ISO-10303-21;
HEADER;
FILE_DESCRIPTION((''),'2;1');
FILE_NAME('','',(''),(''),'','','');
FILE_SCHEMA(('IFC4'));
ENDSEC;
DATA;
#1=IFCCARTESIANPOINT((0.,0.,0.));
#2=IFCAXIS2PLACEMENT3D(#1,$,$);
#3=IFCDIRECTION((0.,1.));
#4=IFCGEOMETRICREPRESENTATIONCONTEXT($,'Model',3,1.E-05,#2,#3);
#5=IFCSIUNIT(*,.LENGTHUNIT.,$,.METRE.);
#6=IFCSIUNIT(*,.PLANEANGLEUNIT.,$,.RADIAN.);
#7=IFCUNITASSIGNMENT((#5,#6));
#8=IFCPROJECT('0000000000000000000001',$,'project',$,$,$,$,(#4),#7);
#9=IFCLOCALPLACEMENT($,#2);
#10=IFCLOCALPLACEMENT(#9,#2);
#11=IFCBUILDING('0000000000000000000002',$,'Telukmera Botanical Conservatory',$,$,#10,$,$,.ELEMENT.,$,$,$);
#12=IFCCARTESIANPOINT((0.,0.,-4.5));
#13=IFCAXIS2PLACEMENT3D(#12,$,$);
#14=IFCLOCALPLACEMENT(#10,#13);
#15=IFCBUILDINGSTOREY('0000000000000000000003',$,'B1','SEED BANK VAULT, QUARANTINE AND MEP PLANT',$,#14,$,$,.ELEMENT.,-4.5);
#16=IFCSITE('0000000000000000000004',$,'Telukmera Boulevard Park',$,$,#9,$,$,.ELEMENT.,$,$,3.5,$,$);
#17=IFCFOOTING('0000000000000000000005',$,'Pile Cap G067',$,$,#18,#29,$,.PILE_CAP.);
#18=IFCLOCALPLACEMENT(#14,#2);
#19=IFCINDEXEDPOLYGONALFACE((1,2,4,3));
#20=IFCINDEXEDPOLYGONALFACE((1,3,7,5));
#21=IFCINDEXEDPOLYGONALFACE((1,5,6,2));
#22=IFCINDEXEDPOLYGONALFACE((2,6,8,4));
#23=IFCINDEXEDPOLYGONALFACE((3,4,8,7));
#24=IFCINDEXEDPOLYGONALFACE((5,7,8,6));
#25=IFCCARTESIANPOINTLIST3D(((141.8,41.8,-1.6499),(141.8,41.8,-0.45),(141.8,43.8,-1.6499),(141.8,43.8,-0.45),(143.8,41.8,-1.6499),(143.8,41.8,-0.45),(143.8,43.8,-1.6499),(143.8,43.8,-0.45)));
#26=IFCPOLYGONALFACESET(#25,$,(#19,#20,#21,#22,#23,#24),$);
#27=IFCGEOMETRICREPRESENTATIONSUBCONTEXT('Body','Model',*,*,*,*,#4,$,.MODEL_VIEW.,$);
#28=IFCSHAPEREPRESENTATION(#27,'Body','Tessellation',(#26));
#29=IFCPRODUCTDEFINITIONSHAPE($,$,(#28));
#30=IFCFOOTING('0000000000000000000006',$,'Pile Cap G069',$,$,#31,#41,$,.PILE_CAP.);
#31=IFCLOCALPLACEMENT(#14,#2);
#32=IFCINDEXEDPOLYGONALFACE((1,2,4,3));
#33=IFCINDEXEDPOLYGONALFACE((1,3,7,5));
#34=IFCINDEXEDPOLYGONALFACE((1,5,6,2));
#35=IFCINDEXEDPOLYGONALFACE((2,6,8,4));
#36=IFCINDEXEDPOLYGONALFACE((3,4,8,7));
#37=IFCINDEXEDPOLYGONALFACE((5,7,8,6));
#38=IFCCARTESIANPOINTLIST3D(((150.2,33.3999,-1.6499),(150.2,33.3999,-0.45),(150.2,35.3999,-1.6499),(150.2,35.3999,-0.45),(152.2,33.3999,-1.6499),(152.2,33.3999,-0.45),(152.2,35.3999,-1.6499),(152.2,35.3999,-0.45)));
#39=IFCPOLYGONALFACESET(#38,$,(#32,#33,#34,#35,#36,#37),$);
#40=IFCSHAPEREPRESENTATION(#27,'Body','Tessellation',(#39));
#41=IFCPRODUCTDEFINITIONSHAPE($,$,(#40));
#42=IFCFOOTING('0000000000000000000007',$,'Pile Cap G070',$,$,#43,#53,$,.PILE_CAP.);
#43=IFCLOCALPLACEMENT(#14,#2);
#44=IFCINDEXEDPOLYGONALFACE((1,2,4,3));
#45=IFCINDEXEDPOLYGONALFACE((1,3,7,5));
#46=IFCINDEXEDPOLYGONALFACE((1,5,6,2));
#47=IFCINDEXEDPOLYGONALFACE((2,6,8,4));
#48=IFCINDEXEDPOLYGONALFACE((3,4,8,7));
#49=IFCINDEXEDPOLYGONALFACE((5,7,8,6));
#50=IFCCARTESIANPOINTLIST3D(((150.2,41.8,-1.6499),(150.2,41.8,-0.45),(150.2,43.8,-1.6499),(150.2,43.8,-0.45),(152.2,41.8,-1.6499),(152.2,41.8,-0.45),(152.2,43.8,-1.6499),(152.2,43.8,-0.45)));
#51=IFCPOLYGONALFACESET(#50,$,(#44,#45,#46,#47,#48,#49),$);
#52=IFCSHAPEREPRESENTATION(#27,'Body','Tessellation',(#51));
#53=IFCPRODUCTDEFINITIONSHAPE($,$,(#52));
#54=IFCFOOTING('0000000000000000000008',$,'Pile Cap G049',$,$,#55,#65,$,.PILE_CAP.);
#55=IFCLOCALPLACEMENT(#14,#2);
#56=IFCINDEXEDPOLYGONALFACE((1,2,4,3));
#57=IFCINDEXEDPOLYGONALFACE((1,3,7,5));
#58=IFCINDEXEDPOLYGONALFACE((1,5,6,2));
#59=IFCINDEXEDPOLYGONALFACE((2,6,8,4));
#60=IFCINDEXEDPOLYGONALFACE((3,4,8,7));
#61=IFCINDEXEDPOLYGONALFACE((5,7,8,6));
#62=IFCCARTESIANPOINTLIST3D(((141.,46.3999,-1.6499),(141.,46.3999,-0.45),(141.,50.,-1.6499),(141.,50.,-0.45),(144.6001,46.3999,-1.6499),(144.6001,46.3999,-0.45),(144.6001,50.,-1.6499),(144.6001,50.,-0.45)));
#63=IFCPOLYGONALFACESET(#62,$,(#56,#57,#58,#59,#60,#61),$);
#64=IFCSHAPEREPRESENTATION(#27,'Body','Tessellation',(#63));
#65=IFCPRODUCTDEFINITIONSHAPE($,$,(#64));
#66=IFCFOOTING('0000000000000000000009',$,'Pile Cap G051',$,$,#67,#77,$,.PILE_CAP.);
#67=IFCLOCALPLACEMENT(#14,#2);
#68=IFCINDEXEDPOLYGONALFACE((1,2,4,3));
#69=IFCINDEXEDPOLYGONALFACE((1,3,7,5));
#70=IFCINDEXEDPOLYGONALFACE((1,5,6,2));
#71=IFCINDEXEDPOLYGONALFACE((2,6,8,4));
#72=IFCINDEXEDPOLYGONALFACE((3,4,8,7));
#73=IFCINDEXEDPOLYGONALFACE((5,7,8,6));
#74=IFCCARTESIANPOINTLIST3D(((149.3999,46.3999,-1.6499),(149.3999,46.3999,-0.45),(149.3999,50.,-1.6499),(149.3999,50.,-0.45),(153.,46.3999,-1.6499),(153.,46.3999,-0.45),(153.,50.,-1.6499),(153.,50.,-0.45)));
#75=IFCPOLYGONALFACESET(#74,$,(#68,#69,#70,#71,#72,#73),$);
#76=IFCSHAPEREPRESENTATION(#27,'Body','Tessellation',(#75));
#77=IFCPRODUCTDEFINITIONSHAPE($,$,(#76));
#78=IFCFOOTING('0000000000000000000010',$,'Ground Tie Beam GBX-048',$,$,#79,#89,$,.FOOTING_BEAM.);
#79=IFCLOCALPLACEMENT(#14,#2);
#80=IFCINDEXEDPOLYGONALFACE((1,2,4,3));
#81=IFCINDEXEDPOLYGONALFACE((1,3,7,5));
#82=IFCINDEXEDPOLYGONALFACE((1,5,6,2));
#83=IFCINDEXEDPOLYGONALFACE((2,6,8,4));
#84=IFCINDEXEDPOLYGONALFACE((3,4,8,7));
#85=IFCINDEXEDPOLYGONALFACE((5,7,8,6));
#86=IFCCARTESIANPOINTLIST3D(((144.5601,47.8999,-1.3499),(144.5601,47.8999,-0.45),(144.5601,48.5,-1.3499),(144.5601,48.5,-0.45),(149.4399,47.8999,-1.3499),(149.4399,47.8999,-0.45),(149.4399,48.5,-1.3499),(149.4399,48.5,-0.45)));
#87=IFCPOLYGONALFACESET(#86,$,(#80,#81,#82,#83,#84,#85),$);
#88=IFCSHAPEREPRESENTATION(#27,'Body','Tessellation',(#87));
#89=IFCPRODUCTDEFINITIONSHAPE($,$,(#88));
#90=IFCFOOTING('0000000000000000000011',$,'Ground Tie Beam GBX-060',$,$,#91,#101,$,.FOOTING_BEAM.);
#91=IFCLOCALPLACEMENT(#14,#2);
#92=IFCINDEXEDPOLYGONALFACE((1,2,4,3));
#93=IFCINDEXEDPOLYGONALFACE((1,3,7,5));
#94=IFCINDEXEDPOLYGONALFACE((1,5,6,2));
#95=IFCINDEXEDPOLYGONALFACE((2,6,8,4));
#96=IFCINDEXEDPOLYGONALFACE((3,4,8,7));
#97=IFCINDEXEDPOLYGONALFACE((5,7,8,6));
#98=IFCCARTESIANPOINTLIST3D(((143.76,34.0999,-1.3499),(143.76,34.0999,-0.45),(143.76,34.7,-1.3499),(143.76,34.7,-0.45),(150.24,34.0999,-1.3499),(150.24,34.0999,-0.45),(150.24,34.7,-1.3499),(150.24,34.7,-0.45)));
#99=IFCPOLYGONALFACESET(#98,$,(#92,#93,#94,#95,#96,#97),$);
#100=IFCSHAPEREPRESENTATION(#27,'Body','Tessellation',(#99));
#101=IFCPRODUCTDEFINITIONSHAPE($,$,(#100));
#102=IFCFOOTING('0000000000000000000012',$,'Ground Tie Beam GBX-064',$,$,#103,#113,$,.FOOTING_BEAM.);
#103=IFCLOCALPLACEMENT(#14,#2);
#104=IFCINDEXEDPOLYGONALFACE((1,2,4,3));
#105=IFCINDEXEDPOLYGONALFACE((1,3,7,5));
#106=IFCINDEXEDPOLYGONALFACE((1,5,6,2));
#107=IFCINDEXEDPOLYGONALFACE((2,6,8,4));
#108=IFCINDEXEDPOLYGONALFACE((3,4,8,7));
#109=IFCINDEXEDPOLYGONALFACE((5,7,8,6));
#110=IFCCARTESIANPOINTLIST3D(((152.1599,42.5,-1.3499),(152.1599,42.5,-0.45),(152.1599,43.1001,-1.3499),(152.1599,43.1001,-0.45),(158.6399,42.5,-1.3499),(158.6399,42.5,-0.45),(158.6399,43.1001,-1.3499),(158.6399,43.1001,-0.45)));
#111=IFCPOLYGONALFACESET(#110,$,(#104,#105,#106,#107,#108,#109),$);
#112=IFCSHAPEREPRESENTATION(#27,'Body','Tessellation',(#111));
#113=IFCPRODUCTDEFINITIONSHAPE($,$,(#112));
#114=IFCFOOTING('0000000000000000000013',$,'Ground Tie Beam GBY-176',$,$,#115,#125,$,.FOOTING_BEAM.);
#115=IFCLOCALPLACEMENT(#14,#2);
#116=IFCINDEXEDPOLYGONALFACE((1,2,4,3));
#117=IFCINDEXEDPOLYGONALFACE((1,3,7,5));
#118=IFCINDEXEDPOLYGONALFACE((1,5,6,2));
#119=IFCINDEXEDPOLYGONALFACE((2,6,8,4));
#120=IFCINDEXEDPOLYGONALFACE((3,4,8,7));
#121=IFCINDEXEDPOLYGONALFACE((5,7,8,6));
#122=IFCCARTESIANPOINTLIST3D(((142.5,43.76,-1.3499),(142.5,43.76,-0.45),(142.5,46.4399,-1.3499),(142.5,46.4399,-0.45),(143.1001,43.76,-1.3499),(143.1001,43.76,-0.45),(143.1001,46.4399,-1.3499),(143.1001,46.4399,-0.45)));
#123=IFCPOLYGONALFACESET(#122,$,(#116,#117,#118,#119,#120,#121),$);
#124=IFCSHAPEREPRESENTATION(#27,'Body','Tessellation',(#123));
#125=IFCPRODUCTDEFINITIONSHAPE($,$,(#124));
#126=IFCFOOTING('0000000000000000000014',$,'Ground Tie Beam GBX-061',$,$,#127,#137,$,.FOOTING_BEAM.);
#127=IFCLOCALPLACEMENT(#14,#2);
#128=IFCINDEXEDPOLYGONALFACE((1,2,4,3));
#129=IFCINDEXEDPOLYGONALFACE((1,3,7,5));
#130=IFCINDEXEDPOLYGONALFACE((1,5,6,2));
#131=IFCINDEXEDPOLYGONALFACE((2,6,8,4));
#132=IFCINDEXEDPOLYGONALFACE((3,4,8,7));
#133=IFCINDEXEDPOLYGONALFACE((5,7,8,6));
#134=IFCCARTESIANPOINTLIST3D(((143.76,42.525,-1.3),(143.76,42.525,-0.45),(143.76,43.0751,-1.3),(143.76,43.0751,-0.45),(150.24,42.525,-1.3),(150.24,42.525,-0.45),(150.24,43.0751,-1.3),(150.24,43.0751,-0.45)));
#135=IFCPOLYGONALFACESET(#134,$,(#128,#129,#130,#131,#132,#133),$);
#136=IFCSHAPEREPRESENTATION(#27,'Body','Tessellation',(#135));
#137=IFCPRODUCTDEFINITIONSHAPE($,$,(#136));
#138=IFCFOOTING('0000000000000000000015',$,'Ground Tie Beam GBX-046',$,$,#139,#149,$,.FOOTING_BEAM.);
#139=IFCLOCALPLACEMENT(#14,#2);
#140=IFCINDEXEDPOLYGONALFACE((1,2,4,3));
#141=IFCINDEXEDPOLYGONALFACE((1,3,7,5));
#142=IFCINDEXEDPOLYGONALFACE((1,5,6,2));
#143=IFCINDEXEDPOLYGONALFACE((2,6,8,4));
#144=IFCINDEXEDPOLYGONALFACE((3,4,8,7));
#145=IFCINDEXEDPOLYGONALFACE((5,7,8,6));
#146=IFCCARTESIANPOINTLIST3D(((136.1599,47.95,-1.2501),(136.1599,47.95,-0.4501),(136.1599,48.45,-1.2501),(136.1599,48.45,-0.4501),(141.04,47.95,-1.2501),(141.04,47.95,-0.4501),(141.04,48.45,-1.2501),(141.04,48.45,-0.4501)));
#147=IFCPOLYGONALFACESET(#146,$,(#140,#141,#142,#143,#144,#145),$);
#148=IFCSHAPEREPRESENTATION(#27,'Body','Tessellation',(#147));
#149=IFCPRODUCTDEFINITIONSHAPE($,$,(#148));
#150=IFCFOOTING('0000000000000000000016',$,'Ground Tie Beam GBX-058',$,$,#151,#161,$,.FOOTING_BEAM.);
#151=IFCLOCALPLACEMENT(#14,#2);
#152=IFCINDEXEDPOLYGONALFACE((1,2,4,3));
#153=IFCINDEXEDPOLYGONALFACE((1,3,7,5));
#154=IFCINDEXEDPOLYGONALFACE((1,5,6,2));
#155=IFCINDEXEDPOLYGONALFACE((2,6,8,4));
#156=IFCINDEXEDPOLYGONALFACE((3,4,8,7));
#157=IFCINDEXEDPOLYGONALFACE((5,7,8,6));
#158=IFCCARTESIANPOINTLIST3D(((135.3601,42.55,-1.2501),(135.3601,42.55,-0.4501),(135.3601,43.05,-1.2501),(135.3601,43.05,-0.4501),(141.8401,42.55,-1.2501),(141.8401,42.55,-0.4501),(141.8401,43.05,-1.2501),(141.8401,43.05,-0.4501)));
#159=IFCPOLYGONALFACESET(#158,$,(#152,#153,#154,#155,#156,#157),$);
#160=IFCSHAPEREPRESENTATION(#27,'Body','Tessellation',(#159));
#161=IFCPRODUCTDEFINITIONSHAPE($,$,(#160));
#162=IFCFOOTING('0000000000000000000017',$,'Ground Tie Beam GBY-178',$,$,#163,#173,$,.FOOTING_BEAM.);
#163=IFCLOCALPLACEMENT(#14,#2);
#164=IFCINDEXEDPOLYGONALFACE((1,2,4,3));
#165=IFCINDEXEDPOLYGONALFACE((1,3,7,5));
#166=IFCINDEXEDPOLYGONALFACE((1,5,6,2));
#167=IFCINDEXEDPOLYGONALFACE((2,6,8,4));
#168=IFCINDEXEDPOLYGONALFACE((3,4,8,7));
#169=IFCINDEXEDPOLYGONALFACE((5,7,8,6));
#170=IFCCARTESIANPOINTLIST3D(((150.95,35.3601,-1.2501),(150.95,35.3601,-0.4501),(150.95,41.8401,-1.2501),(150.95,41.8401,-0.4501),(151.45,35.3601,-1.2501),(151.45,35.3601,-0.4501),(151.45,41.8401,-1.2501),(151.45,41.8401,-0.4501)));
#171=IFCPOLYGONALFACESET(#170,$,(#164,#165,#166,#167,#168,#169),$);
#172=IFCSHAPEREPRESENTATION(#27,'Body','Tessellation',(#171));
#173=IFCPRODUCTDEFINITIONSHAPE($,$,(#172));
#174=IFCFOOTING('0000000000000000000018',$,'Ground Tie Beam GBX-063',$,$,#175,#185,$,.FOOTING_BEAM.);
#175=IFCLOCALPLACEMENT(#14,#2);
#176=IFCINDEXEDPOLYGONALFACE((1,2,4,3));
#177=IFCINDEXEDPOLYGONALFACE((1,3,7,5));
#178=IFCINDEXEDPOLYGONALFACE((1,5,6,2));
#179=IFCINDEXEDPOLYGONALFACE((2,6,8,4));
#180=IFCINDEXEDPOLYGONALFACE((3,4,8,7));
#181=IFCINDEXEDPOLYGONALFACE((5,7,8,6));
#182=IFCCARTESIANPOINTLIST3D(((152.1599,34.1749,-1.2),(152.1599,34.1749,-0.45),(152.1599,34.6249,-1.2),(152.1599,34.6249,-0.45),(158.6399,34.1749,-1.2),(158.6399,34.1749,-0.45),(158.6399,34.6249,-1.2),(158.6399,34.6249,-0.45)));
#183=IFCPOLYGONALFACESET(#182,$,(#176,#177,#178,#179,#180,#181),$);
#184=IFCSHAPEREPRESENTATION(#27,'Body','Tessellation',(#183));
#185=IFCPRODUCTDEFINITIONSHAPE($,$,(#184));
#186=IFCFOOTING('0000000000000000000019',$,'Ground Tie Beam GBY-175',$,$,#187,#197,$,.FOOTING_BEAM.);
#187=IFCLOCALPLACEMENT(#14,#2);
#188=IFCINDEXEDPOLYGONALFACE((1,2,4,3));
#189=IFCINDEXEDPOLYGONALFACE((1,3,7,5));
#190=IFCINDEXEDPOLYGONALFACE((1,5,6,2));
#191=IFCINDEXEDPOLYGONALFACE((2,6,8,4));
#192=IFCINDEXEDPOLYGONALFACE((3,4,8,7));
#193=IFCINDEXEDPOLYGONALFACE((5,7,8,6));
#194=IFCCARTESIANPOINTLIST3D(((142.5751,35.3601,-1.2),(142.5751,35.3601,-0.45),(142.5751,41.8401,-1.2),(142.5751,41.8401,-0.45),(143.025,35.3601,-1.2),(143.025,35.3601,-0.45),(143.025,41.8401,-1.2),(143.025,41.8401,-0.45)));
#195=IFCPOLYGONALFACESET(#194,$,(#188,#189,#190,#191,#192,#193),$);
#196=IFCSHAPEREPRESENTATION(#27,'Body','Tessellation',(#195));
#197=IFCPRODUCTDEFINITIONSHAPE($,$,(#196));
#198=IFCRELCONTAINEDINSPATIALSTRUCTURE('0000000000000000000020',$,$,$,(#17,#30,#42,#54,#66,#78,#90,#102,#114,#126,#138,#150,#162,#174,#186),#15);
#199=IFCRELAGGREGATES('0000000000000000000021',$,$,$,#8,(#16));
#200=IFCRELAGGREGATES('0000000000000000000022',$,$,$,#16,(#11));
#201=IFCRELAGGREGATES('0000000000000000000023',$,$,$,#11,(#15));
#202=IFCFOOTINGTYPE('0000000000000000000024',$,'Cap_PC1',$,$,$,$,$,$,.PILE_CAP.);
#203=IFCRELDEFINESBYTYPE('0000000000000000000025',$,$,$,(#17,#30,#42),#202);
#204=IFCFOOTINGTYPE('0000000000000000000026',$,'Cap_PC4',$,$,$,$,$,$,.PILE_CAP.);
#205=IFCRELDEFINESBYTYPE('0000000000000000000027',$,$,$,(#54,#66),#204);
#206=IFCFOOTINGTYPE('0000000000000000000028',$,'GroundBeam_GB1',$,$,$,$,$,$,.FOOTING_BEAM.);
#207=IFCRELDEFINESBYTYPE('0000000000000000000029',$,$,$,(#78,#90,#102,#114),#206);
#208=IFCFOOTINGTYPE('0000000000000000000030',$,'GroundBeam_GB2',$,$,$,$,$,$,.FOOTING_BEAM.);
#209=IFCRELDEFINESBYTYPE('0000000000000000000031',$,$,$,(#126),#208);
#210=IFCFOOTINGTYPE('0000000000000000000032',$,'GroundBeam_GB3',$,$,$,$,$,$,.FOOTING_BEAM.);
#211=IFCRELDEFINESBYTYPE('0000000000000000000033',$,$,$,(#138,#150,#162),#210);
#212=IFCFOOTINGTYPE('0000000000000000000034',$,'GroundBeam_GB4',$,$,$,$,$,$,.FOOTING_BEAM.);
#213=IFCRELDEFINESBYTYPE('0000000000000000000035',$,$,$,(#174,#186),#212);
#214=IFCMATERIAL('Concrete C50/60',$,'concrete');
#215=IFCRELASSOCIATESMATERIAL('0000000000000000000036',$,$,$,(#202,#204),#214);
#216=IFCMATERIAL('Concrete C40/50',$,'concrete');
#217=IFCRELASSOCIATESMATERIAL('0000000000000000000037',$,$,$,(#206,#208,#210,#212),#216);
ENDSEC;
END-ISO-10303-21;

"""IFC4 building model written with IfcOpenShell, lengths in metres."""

from ifc_helpers import new_model, si_unit, direction, frame, origin, origin_2d, place, context, subcontext, project, spatial, rectangle, extrude, material, material_profile, profile_set, type_object, element, save


model = new_model("IFC4")

# Units and contexts
model_context = context("Model", 3, precision=1e-05, world=origin(), true_north=direction((0.0, 1.0)))
body_context = subcontext(model_context, "Body", "Model", "MODEL_VIEW")
ifc_project = project(units=[si_unit("LENGTHUNIT", "METRE"), si_unit("PLANEANGLEUNIT", "RADIAN")], contexts=[model_context])

# Site, building, storey
site_placement = place(None, origin())
site = spatial("IfcSite", under=ifc_project, at=site_placement, Name="Telukmera Boulevard Park", CompositionType="ELEMENT", RefElevation=3.5)
building_placement = place(site_placement, origin())
building = spatial("IfcBuilding", under=site, at=building_placement, Name="Telukmera Botanical Conservatory", CompositionType="ELEMENT")
storey_placement = place(building_placement, frame((0.0, 0.0, -4.5)))
storey = spatial("IfcBuildingStorey", under=building, at=storey_placement, Name="B1", Description="SEED BANK VAULT, QUARANTINE AND MEP PLANT", CompositionType="ELEMENT", Elevation=-4.5)

# Footings
ifc_material_1 = material(Name="Concrete C50/60", Category="concrete")
footing_type_1 = type_object("IfcFootingType", Name="Cap_PC1", PredefinedType="PILE_CAP", material=ifc_material_1)
for number, where, z_axis, x_axis, name in (
    (1, (142.8, 42.8, -1.6499), (0.0, 0.0, 1.0), (1.0, 0.0, 0.0), "Pile Cap G067"),
    (2, (151.2, 34.3999, -1.6499), (0.0, 0.0, 1.0), (1.0, 0.0, 0.0), "Pile Cap G069"),
    (3, (151.2, 42.8, -1.6499), (0.0, 0.0, 1.0), (1.0, 0.0, 0.0), "Pile Cap G070"),
):
    element("IfcFooting", number, at=place(storey_placement, frame(where, z_axis=z_axis, x_axis=x_axis)), inside=storey, type_object=footing_type_1, Name=name, PredefinedType="PILE_CAP", context=body_context, shape_type="SweptSolid", body=[
        extrude(rectangle(XDim=2.0, YDim=2.0, at=origin_2d()), origin(), (0.0, 0.0, 1.0), 1.2),
    ])
footing_type_2 = type_object("IfcFootingType", Name="Cap_PC4", PredefinedType="PILE_CAP", material=ifc_material_1)
for number, where, z_axis, x_axis, name in (
    (4, (142.8, 48.2, -1.6499), (0.0, 0.0, 1.0), (1.0, 0.0, 0.0), "Pile Cap G049"),
    (5, (151.2, 48.2, -1.6499), (0.0, 0.0, 1.0), (1.0, 0.0, 0.0), "Pile Cap G051"),
):
    element("IfcFooting", number, at=place(storey_placement, frame(where, z_axis=z_axis, x_axis=x_axis)), inside=storey, type_object=footing_type_2, Name=name, PredefinedType="PILE_CAP", context=body_context, shape_type="SweptSolid", body=[
        extrude(rectangle(XDim=3.6001, YDim=3.6001, at=origin_2d()), origin(), (0.0, 0.0, 1.0), 1.2),
    ])
ifc_material_2 = material(Name="Concrete C40/50", Category="concrete")
ifc_material_profile_1 = material_profile(ifc_material_2, rectangle(XDim=0.6001, YDim=0.8999, at=origin_2d()), Name="RC 600x900")
ifc_profile_set_1 = profile_set([ifc_material_profile_1], Name="Concrete C40/50")
footing_type_3 = type_object("IfcFootingType", Name="GroundBeam_GB1", PredefinedType="FOOTING_BEAM", material=ifc_profile_set_1)
footing_1_placement = place(storey_placement, frame((144.5601, 48.2, -0.8999), z_axis=(1.0, 0.0, 0.0), x_axis=(0.0, 1.0, 0.0)))
element("IfcFooting", 6, at=footing_1_placement, inside=storey, type_object=footing_type_3, Name="Ground Tie Beam GBX-048", PredefinedType="FOOTING_BEAM", context=body_context, shape_type="SweptSolid", body=[
    extrude(rectangle(XDim=0.6001, YDim=0.8999, at=origin_2d()), origin(), (0.0, 0.0, 1.0), 4.8799),
])
for number, where, z_axis, x_axis, name in (
    (7, (143.76, 34.3999, -0.8999), (1.0, 0.0, 0.0), (0.0, 1.0, 0.0), "Ground Tie Beam GBX-060"),
    (8, (152.1599, 42.8, -0.8999), (1.0, 0.0, 0.0), (0.0, 1.0, 0.0), "Ground Tie Beam GBX-064"),
):
    element("IfcFooting", number, at=place(storey_placement, frame(where, z_axis=z_axis, x_axis=x_axis)), inside=storey, type_object=footing_type_3, Name=name, PredefinedType="FOOTING_BEAM", context=body_context, shape_type="SweptSolid", body=[
        extrude(rectangle(XDim=0.6001, YDim=0.8999, at=origin_2d()), origin(), (0.0, 0.0, 1.0), 6.48),
    ])
footing_2_placement = place(storey_placement, frame((142.8, 43.76, -0.8999), z_axis=(0.0, 1.0, 0.0), x_axis=(-1.0, 0.0, 0.0)))
element("IfcFooting", 9, at=footing_2_placement, inside=storey, type_object=footing_type_3, Name="Ground Tie Beam GBY-176", PredefinedType="FOOTING_BEAM", context=body_context, shape_type="SweptSolid", body=[
    extrude(rectangle(XDim=0.6001, YDim=0.8999, at=origin_2d()), origin(), (0.0, 0.0, 1.0), 2.6799),
])
ifc_material_profile_2 = material_profile(ifc_material_2, rectangle(XDim=0.55, YDim=0.8501, at=origin_2d()), Name="RC 550x850")
ifc_profile_set_2 = profile_set([ifc_material_profile_2], Name="Concrete C40/50")
footing_type_4 = type_object("IfcFootingType", Name="GroundBeam_GB2", PredefinedType="FOOTING_BEAM", material=ifc_profile_set_2)
footing_3_placement = place(storey_placement, frame((143.76, 42.8, -0.875), z_axis=(1.0, 0.0, 0.0), x_axis=(0.0, 1.0, 0.0)))
element("IfcFooting", 10, at=footing_3_placement, inside=storey, type_object=footing_type_4, Name="Ground Tie Beam GBX-061", PredefinedType="FOOTING_BEAM", context=body_context, shape_type="SweptSolid", body=[
    extrude(rectangle(XDim=0.55, YDim=0.8501, at=origin_2d()), origin(), (0.0, 0.0, 1.0), 6.48),
])
ifc_material_profile_3 = material_profile(ifc_material_2, rectangle(XDim=0.5, YDim=0.8, at=origin_2d()), Name="RC 500x800")
ifc_profile_set_3 = profile_set([ifc_material_profile_3], Name="Concrete C40/50")
footing_type_5 = type_object("IfcFootingType", Name="GroundBeam_GB3", PredefinedType="FOOTING_BEAM", material=ifc_profile_set_3)
footing_4_placement = place(storey_placement, frame((136.1599, 48.2, -0.8501), z_axis=(1.0, 0.0, 0.0), x_axis=(0.0, 1.0, 0.0)))
element("IfcFooting", 11, at=footing_4_placement, inside=storey, type_object=footing_type_5, Name="Ground Tie Beam GBX-046", PredefinedType="FOOTING_BEAM", context=body_context, shape_type="SweptSolid", body=[
    extrude(rectangle(XDim=0.5, YDim=0.8, at=origin_2d()), origin(), (0.0, 0.0, 1.0), 4.8801),
])
for number, where, z_axis, x_axis, name in (
    (12, (135.3601, 42.8, -0.8501), (1.0, 0.0, 0.0), (0.0, 1.0, 0.0), "Ground Tie Beam GBX-058"),
    (13, (151.2, 35.3601, -0.8501), (0.0, 1.0, 0.0), (-1.0, 0.0, 0.0), "Ground Tie Beam GBY-178"),
):
    element("IfcFooting", number, at=place(storey_placement, frame(where, z_axis=z_axis, x_axis=x_axis)), inside=storey, type_object=footing_type_5, Name=name, PredefinedType="FOOTING_BEAM", context=body_context, shape_type="SweptSolid", body=[
        extrude(rectangle(XDim=0.5, YDim=0.8, at=origin_2d()), origin(), (0.0, 0.0, 1.0), 6.48),
    ])
ifc_material_profile_4 = material_profile(ifc_material_2, rectangle(XDim=0.45, YDim=0.75, at=origin_2d()), Name="RC 450x750")
ifc_profile_set_4 = profile_set([ifc_material_profile_4], Name="Concrete C40/50")
footing_type_6 = type_object("IfcFootingType", Name="GroundBeam_GB4", PredefinedType="FOOTING_BEAM", material=ifc_profile_set_4)
for number, where, z_axis, x_axis, name in (
    (14, (152.1599, 34.3999, -0.825), (1.0, 0.0, 0.0), (0.0, 1.0, 0.0), "Ground Tie Beam GBX-063"),
    (15, (142.8, 35.3601, -0.825), (0.0, 1.0, 0.0), (-1.0, 0.0, 0.0), "Ground Tie Beam GBY-175"),
):
    element("IfcFooting", number, at=place(storey_placement, frame(where, z_axis=z_axis, x_axis=x_axis)), inside=storey, type_object=footing_type_6, Name=name, PredefinedType="FOOTING_BEAM", context=body_context, shape_type="SweptSolid", body=[
        extrude(rectangle(XDim=0.45, YDim=0.75, at=origin_2d()), origin(), (0.0, 0.0, 1.0), 6.48),
    ])

save(model, "model.ifc")
